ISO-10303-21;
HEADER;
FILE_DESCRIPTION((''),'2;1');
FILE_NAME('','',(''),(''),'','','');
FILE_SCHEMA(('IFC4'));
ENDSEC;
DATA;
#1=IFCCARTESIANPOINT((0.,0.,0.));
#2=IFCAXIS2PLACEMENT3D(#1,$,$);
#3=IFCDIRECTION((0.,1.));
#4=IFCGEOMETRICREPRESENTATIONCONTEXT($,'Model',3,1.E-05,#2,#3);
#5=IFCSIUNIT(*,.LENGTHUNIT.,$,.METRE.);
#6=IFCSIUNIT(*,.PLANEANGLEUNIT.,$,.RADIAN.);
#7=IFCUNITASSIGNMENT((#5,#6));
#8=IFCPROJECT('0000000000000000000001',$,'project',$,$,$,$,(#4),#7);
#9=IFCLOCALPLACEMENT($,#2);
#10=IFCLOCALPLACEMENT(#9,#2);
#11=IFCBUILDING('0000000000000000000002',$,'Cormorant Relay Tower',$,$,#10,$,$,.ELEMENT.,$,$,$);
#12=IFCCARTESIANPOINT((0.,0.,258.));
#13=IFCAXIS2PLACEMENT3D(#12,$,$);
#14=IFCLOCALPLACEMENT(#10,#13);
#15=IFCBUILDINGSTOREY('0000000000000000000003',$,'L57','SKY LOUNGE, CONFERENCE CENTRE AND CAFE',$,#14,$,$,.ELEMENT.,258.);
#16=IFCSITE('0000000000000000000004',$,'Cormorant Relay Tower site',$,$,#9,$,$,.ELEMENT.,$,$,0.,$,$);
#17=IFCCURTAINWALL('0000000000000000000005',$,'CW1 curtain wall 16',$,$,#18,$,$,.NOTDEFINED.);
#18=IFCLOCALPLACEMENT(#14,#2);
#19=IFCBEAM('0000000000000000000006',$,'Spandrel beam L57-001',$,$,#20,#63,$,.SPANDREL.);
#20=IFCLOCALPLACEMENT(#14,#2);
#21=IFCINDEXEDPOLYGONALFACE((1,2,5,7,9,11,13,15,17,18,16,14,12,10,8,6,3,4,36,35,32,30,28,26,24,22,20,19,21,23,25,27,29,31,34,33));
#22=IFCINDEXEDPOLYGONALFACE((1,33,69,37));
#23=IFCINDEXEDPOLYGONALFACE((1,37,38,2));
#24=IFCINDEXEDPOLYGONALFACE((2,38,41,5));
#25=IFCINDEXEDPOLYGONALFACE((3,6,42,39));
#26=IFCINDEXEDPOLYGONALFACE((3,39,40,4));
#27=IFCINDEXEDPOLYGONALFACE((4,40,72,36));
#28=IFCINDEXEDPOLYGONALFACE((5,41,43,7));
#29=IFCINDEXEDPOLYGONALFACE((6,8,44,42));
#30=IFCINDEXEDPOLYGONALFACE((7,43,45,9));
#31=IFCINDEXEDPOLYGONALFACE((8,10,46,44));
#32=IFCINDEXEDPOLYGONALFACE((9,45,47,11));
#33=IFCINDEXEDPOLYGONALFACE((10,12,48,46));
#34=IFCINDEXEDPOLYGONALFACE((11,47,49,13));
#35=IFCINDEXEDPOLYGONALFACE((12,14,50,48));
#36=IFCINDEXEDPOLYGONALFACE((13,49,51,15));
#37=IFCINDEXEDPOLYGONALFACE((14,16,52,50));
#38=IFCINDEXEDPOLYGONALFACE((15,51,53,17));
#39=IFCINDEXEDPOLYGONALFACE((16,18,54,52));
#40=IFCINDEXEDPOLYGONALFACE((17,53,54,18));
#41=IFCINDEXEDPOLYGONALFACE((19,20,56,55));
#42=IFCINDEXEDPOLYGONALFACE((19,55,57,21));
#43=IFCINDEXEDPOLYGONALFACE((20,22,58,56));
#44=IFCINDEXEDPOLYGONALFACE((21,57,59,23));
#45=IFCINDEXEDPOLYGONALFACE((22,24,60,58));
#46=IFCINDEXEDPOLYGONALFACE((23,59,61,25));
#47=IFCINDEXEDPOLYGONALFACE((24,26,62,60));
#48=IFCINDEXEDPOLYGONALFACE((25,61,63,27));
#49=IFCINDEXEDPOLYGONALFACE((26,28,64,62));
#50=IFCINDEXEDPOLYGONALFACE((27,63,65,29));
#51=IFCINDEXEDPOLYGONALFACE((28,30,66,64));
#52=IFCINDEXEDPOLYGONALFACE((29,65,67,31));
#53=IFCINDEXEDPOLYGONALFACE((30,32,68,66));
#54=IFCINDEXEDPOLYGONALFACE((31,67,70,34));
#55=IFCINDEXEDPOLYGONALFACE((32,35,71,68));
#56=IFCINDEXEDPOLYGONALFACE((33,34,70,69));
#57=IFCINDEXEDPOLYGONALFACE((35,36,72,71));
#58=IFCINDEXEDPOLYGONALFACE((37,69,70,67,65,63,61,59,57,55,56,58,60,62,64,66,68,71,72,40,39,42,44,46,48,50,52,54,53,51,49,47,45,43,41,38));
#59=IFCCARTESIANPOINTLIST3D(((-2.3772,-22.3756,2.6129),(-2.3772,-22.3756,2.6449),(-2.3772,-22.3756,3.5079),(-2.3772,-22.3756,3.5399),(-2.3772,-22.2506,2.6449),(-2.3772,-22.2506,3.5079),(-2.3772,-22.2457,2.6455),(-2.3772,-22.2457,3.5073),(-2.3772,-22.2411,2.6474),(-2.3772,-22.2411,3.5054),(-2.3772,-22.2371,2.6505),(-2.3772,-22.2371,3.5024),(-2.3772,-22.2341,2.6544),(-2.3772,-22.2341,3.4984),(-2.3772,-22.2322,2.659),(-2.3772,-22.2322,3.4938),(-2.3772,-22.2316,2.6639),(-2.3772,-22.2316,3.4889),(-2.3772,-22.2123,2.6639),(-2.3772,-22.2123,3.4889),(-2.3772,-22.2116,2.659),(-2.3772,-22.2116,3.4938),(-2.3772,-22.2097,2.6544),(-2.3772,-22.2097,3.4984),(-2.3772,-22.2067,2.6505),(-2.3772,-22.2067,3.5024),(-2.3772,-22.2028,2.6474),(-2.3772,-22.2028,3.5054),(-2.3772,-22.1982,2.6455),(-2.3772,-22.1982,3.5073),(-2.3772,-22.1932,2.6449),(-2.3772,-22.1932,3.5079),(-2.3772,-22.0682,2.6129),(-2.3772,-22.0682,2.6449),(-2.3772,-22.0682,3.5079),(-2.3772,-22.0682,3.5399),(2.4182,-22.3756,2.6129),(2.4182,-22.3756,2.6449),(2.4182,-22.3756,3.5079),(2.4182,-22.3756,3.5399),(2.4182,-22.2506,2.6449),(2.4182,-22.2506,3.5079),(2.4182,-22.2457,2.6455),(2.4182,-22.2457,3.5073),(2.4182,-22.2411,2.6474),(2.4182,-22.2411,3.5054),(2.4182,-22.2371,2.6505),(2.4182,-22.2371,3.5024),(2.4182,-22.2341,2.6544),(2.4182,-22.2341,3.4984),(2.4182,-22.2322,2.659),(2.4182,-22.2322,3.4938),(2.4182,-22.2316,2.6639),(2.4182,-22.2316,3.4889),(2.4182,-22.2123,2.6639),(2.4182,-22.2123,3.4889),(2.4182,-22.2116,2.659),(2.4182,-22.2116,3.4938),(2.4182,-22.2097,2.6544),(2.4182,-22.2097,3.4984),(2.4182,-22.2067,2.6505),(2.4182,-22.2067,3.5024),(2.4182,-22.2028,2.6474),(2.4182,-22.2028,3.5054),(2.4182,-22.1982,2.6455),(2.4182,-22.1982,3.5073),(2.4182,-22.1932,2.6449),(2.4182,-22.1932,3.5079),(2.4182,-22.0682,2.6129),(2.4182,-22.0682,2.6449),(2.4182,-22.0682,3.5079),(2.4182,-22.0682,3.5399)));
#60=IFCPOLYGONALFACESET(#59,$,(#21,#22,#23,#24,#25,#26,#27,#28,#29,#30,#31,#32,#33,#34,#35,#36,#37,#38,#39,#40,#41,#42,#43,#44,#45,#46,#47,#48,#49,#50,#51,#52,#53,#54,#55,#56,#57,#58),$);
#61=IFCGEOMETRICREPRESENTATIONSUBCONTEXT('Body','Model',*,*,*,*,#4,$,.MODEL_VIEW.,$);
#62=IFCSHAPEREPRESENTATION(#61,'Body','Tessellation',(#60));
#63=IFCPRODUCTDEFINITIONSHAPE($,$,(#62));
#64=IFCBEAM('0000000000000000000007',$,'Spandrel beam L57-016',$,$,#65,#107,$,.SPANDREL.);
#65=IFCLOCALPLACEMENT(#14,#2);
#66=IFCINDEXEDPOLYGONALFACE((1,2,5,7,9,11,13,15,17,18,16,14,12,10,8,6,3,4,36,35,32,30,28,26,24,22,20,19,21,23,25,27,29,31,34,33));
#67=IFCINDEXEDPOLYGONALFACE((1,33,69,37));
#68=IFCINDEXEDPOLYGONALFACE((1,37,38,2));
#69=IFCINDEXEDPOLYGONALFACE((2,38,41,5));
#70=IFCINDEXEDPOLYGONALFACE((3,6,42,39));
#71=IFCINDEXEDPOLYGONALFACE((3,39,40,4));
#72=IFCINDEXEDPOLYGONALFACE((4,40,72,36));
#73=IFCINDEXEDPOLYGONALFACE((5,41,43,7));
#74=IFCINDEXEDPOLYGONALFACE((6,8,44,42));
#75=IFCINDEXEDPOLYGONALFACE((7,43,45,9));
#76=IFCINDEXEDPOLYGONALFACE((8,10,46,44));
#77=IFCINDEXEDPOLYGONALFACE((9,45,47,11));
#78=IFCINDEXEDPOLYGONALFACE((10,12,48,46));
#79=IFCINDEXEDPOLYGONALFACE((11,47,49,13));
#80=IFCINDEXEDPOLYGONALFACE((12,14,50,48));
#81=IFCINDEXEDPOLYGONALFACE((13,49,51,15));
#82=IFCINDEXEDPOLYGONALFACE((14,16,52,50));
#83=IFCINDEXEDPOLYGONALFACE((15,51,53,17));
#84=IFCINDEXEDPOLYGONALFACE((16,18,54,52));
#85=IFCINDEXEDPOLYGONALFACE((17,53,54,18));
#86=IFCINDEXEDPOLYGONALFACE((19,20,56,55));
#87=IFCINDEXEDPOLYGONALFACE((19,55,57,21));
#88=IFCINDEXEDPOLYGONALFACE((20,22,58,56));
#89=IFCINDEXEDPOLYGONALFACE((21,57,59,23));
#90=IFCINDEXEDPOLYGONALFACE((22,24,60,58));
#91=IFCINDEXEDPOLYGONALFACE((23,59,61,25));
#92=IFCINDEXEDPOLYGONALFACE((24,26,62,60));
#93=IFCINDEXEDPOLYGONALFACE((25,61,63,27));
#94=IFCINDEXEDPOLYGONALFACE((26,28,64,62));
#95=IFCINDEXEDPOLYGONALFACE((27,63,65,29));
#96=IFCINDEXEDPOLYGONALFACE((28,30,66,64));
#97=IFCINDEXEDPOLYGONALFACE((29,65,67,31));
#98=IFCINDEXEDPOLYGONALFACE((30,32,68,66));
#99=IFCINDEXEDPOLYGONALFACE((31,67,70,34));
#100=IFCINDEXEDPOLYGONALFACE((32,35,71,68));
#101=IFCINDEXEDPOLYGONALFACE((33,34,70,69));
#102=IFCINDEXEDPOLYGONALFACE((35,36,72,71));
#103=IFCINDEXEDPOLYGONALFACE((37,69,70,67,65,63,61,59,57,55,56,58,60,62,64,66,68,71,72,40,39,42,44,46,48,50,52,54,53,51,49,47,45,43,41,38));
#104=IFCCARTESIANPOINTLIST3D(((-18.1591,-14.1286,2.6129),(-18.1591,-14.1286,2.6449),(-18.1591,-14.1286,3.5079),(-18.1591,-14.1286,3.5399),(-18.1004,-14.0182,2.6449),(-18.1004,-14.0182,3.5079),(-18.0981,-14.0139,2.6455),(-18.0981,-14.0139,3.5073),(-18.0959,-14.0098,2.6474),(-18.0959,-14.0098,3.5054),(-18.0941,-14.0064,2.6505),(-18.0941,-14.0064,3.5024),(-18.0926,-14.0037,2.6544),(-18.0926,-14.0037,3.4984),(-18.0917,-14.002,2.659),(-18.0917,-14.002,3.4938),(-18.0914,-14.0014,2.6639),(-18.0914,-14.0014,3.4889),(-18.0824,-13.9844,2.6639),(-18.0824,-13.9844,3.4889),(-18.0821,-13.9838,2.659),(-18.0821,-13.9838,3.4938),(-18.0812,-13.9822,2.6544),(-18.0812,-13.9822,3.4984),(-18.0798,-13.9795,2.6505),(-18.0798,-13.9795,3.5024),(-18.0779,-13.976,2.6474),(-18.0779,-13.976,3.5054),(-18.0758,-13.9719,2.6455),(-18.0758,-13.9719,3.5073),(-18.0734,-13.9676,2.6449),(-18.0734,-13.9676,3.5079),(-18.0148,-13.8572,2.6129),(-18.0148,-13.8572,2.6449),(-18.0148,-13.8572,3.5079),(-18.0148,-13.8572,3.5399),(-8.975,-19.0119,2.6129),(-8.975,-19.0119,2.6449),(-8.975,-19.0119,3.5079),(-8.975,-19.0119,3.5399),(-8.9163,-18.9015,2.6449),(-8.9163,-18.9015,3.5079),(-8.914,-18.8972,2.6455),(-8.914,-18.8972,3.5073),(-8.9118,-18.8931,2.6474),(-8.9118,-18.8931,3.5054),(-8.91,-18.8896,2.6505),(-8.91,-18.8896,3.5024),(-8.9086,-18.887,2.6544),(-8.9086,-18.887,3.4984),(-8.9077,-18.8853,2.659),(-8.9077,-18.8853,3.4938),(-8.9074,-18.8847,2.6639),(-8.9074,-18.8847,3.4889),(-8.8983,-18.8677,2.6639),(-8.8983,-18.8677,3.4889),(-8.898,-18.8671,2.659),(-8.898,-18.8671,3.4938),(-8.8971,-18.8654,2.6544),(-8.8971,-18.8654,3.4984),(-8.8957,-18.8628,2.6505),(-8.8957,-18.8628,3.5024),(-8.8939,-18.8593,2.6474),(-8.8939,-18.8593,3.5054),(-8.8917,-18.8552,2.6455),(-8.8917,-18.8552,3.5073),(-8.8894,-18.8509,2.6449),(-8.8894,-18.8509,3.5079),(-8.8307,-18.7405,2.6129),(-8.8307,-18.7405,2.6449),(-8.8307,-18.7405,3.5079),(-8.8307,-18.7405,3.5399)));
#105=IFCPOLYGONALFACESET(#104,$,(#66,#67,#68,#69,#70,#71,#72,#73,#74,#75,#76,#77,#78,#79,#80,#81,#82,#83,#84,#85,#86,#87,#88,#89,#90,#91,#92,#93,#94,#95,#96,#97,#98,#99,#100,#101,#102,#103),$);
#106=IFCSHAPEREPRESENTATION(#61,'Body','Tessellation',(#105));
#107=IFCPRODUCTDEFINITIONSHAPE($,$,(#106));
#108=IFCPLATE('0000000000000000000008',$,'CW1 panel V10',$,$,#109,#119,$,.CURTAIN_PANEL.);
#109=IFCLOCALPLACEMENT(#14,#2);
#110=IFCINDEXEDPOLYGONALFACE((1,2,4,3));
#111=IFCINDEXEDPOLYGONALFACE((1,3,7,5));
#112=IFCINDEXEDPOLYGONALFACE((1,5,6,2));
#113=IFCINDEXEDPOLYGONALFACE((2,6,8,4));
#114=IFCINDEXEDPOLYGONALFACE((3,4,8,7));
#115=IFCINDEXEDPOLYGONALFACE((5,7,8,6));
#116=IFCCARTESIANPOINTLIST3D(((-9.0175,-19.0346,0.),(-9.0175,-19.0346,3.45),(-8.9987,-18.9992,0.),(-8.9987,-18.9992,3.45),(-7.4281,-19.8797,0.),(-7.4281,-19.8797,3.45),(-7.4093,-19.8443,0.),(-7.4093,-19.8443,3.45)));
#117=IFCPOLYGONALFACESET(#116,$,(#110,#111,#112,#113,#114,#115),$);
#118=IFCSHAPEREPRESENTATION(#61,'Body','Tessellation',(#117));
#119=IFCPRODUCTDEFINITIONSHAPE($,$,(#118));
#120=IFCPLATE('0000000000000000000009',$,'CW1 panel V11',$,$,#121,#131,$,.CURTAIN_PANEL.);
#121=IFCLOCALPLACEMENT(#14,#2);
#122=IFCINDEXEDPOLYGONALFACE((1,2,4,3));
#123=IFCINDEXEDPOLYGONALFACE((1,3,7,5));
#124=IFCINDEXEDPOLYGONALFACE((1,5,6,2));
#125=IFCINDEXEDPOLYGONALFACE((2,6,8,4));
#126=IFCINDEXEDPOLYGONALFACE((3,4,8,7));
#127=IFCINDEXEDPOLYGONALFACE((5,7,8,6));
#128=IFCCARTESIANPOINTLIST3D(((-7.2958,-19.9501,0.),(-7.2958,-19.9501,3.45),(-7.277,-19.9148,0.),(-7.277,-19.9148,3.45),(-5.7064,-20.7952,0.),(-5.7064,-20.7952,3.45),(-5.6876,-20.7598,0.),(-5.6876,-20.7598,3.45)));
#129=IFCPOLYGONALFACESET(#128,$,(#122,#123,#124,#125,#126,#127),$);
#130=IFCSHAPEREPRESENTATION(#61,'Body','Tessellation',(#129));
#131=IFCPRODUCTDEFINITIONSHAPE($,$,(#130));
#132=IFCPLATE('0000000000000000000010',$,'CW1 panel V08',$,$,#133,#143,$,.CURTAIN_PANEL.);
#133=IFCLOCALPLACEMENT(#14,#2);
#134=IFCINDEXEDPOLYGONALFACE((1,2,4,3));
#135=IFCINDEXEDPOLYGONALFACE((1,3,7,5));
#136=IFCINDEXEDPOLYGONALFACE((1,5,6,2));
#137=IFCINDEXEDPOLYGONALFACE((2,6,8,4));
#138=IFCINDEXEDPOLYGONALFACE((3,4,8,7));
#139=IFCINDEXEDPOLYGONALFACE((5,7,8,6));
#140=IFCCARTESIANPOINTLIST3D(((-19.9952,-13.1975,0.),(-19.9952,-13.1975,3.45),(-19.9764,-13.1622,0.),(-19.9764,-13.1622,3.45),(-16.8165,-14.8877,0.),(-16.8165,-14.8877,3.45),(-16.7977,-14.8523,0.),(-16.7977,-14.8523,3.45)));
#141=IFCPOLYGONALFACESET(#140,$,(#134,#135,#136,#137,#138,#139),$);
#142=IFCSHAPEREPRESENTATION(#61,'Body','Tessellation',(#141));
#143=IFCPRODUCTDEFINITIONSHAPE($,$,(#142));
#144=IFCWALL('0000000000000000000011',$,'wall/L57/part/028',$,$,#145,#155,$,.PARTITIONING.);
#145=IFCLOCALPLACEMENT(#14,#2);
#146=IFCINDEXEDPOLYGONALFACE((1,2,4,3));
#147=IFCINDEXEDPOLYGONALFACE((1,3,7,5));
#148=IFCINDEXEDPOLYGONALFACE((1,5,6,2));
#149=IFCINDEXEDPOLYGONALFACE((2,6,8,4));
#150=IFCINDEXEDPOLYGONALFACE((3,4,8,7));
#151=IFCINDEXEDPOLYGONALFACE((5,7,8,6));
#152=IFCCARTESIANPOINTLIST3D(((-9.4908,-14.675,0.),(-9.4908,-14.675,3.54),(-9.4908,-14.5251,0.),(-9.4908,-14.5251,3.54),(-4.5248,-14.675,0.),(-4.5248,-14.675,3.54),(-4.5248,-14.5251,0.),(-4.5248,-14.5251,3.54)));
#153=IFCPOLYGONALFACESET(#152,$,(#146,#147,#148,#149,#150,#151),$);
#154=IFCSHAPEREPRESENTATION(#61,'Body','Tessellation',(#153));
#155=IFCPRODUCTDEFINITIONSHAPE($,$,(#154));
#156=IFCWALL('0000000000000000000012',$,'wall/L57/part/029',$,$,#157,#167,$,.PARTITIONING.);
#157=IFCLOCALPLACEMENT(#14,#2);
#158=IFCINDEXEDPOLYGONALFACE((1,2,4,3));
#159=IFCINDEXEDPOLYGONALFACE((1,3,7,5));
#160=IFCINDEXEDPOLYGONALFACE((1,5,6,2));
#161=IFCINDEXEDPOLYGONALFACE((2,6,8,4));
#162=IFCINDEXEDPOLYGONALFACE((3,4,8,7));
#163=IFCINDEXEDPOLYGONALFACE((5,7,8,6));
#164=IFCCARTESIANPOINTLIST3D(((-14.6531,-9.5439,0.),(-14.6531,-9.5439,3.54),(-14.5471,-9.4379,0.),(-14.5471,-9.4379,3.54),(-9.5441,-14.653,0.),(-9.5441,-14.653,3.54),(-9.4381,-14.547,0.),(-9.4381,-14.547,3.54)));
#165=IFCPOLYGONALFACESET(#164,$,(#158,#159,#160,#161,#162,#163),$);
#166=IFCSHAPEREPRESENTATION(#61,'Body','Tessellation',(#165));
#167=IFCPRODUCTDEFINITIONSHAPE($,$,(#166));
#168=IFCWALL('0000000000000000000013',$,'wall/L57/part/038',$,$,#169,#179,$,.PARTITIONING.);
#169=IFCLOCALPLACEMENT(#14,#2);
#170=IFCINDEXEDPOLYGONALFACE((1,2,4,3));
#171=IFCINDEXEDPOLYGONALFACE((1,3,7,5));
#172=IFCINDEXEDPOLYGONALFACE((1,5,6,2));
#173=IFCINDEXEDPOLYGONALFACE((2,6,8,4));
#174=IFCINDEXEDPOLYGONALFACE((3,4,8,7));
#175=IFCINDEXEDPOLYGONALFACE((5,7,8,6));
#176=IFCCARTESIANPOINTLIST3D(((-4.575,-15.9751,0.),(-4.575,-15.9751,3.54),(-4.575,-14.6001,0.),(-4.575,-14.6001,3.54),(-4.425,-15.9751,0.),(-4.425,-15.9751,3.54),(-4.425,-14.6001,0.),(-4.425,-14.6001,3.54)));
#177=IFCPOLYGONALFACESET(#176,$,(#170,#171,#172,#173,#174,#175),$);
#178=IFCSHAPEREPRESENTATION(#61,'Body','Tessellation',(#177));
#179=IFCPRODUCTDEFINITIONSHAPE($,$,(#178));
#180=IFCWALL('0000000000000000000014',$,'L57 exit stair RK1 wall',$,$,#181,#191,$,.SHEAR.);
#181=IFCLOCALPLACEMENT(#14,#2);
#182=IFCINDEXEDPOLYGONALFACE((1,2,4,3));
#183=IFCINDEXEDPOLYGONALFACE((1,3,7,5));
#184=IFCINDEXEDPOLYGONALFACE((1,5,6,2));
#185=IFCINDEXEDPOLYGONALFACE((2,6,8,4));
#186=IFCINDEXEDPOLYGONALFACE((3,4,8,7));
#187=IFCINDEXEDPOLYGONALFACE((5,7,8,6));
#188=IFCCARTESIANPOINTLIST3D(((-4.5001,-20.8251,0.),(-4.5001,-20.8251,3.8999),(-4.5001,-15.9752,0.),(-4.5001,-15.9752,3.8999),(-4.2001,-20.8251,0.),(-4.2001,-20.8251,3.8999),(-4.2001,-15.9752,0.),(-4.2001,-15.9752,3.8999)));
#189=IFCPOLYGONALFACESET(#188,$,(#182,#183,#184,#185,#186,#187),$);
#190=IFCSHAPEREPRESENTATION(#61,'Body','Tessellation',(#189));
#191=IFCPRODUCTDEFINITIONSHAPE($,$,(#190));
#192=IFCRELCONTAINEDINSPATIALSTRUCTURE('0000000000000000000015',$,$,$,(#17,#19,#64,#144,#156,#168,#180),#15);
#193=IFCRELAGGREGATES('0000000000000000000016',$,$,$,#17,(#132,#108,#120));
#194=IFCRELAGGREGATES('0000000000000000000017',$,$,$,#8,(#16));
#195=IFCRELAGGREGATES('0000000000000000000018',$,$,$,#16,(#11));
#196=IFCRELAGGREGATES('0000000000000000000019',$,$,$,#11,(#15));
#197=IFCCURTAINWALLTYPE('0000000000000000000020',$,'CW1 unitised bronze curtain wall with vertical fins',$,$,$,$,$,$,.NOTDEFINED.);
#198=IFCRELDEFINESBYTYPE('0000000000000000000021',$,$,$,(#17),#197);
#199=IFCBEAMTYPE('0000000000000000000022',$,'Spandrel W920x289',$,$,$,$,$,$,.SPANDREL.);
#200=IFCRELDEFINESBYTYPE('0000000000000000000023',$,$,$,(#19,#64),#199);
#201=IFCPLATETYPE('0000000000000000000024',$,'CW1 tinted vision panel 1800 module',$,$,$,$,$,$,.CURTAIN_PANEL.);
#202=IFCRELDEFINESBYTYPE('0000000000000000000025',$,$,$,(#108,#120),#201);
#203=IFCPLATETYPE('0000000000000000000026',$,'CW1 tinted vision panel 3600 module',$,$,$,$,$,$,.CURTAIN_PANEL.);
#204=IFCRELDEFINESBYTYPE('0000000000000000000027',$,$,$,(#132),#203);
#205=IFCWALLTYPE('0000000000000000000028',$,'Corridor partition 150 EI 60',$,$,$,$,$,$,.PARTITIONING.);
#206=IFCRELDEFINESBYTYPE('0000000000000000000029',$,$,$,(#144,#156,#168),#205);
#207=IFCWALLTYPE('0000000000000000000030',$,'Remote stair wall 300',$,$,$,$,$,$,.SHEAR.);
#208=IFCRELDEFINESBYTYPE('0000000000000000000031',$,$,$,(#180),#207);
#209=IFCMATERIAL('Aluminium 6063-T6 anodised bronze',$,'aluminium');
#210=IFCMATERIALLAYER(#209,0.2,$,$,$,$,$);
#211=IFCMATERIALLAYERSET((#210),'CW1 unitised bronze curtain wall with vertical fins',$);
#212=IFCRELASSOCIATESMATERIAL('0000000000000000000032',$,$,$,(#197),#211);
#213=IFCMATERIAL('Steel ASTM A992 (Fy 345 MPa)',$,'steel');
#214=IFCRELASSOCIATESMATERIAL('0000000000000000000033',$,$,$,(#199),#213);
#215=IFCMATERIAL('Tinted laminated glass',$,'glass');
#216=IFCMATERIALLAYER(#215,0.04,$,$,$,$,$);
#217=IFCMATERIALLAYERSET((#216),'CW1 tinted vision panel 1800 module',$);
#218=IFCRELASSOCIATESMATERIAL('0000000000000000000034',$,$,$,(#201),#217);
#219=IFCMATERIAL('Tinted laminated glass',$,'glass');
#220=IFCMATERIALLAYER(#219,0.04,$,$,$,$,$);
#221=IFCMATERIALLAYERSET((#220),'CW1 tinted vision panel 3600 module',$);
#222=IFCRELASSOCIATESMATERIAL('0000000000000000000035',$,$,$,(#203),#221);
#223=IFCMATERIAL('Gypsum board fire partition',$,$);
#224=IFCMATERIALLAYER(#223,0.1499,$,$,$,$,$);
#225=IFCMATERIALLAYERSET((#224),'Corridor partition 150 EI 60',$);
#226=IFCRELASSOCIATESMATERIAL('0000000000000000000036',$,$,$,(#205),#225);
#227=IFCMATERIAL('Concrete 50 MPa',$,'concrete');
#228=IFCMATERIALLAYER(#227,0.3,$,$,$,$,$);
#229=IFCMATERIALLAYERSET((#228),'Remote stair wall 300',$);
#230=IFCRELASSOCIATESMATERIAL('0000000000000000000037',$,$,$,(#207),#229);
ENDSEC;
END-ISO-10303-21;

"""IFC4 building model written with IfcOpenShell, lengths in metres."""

from ifc_helpers import new_model, si_unit, direction, frame, frame_2d, origin, origin_2d, place, context, subcontext, project, spatial, rectangle, i_section, extrude, material, layer, layer_set, material_profile, profile_set, type_object, element, aggregate, save


model = new_model("IFC4")

# Units and contexts
model_context = context("Model", 3, precision=1e-05, world=origin(), true_north=direction((0.0, 1.0)))
body_context = subcontext(model_context, "Body", "Model", "MODEL_VIEW")
ifc_project = project(units=[si_unit("LENGTHUNIT", "METRE"), si_unit("PLANEANGLEUNIT", "RADIAN")], contexts=[model_context])

# Site, building, storey
site_placement = place(None, origin())
site = spatial("IfcSite", under=ifc_project, at=site_placement, Name="Cormorant Relay Tower site", CompositionType="ELEMENT", RefElevation=0.0)
building_placement = place(site_placement, origin())
building = spatial("IfcBuilding", under=site, at=building_placement, Name="Cormorant Relay Tower", CompositionType="ELEMENT")
storey_placement = place(building_placement, frame((0.0, 0.0, 258.0)))
storey = spatial("IfcBuildingStorey", under=building, at=storey_placement, Name="L57", Description="SKY LOUNGE, CONFERENCE CENTRE AND CAFE", CompositionType="ELEMENT", Elevation=258.0)

# Shared definitions
ifc_material_1 = material(Name="Aluminium 6063-T6 anodised bronze", Category="aluminium")
ifc_layer_1 = layer(ifc_material_1, 0.2)
ifc_layer_set_1 = layer_set([ifc_layer_1], Name="CW1 unitised bronze curtain wall with vertical fins")
curtain_wall_type = type_object("IfcCurtainWallType", Name="CW1 unitised bronze curtain wall with vertical fins", PredefinedType="NOTDEFINED", material=ifc_layer_set_1)

# Curtain wall
curtain_wall_1_placement = place(storey_placement, origin())
curtain_wall_1 = element("IfcCurtainWall", 1, at=curtain_wall_1_placement, inside=storey, type_object=curtain_wall_type, Name="CW1 curtain wall 16", PredefinedType="NOTDEFINED")

# Beams
ifc_material_2 = material(Name="Steel ASTM A992 (Fy 345 MPa)", Category="steel")
ifc_material_profile_1 = material_profile(ifc_material_2, i_section(OverallWidth=0.3074, OverallDepth=0.927, WebThickness=0.0193, FlangeThickness=0.032, FilletRadius=0.019, at=origin_2d()), Name="W920x289")
ifc_profile_set_1 = profile_set([ifc_material_profile_1], Name="Steel ASTM A992 (Fy 345 MPa)")
beam_type = type_object("IfcBeamType", Name="Spandrel W920x289", PredefinedType="SPANDREL", material=ifc_profile_set_1)
beam_1_placement = place(storey_placement, frame((-2.3772, -22.2219, 3.0764), z_axis=(1.0, 0.0, 0.0), x_axis=(0.0, 1.0, 0.0)))
element("IfcBeam", 2, at=beam_1_placement, inside=storey, type_object=beam_type, Name="Spandrel beam L57-001", PredefinedType="SPANDREL", context=body_context, shape_type="SweptSolid", body=[
    extrude(i_section(OverallWidth=0.3074, OverallDepth=0.927, WebThickness=0.0193, FlangeThickness=0.032, FilletRadius=0.019, at=origin_2d()), origin(), (0.0, 0.0, 1.0), 4.7954),
])
beam_2_placement = place(storey_placement, frame((-18.0869, -13.9929, 3.0764), z_axis=(0.882946, -0.469474, 0.0), x_axis=(0.469474, 0.882946, 0.0)))
element("IfcBeam", 3, at=beam_2_placement, inside=storey, type_object=beam_type, Name="Spandrel beam L57-016", PredefinedType="SPANDREL", context=body_context, shape_type="SweptSolid", body=[
    extrude(i_section(OverallWidth=0.3074, OverallDepth=0.927, WebThickness=0.0193, FlangeThickness=0.032, FilletRadius=0.019, at=origin_2d()), origin(), (0.0, 0.0, 1.0), 10.4016),
])

# Plates
ifc_material_3 = material(Name="Tinted laminated glass", Category="glass")
ifc_layer_2 = layer(ifc_material_3, 0.04)
ifc_layer_set_2 = layer_set([ifc_layer_2], Name="CW1 tinted vision panel 1800 module")
plate_type_1 = type_object("IfcPlateType", Name="CW1 tinted vision panel 1800 module", PredefinedType="CURTAIN_PANEL", material=ifc_layer_set_2)
plate_1_placement = place(storey_placement, frame((-8.2134, -19.4395, 0.0), z_axis=(0.0, 0.0, 1.0), x_axis=(0.882948, -0.469472, 0.0)))
plate_1 = element("IfcPlate", 4, at=plate_1_placement, type_object=plate_type_1, Name="CW1 panel V10", PredefinedType="CURTAIN_PANEL", context=body_context, shape_type="SweptSolid", body=[
    extrude(rectangle(XDim=1.8, YDim=0.04, at=origin_2d()), origin(), (0.0, 0.0, 1.0), 3.45),
])
plate_2_placement = place(storey_placement, frame((-6.4917, -20.355, 0.0), z_axis=(0.0, 0.0, 1.0), x_axis=(0.882948, -0.469472, 0.0)))
plate_2 = element("IfcPlate", 5, at=plate_2_placement, type_object=plate_type_1, Name="CW1 panel V11", PredefinedType="CURTAIN_PANEL", context=body_context, shape_type="SweptSolid", body=[
    extrude(rectangle(XDim=1.8, YDim=0.04, at=origin_2d()), origin(), (0.0, 0.0, 1.0), 3.45),
])
ifc_material_4 = material(Name="Tinted laminated glass", Category="glass")
ifc_layer_3 = layer(ifc_material_4, 0.04)
ifc_layer_set_3 = layer_set([ifc_layer_3], Name="CW1 tinted vision panel 3600 module")
plate_type_2 = type_object("IfcPlateType", Name="CW1 tinted vision panel 3600 module", PredefinedType="CURTAIN_PANEL", material=ifc_layer_set_3)
plate_3_placement = place(storey_placement, frame((-18.3965, -14.0249, 0.0), z_axis=(0.0, 0.0, 1.0), x_axis=(0.882948, -0.469472, 0.0)))
plate_3 = element("IfcPlate", 6, at=plate_3_placement, type_object=plate_type_2, Name="CW1 panel V08", PredefinedType="CURTAIN_PANEL", context=body_context, shape_type="SweptSolid", body=[
    extrude(rectangle(XDim=3.6001, YDim=0.04, at=origin_2d()), origin(), (0.0, 0.0, 1.0), 3.45),
])

# Walls
ifc_material_5 = material(Name="Gypsum board fire partition")
ifc_layer_4 = layer(ifc_material_5, 0.1499)
ifc_layer_set_4 = layer_set([ifc_layer_4], Name="Corridor partition 150 EI 60")
wall_type_1 = type_object("IfcWallType", Name="Corridor partition 150 EI 60", PredefinedType="PARTITIONING", material=ifc_layer_set_4)
wall_1_placement = place(storey_placement, frame((-4.5249, -14.6001, 0.0), z_axis=(0.0, 0.0, 1.0), x_axis=(-1.0, 0.0, 0.0)))
element("IfcWall", 7, at=wall_1_placement, inside=storey, type_object=wall_type_1, Name="wall/L57/part/028", PredefinedType="PARTITIONING", context=body_context, shape_type="SweptSolid", body=[
    extrude(rectangle(XDim=4.9661, YDim=0.1499, at=frame_2d((2.4829, 0.0))), origin(), (0.0, 0.0, 1.0), 3.54),
])
wall_2_placement = place(storey_placement, frame((-9.491, -14.6001, 0.0), z_axis=(0.0, 0.0, 1.0), x_axis=(-0.707107, 0.707107, 0.0)))
element("IfcWall", 8, at=wall_2_placement, inside=storey, type_object=wall_type_1, Name="wall/L57/part/029", PredefinedType="PARTITIONING", context=body_context, shape_type="SweptSolid", body=[
    extrude(rectangle(XDim=7.2253, YDim=0.1499, at=frame_2d((3.6128, 0.0))), origin(), (0.0, 0.0, 1.0), 3.54),
])
wall_3_placement = place(storey_placement, frame((-4.5, -15.9751, 0.0), z_axis=(0.0, 0.0, 1.0), x_axis=(0.0, 1.0, 0.0)))
element("IfcWall", 9, at=wall_3_placement, inside=storey, type_object=wall_type_1, Name="wall/L57/part/038", PredefinedType="PARTITIONING", context=body_context, shape_type="SweptSolid", body=[
    extrude(rectangle(XDim=1.375, YDim=0.1499, at=frame_2d((0.6875, 0.0))), origin(), (0.0, 0.0, 1.0), 3.54),
])
ifc_material_6 = material(Name="Concrete 50 MPa", Category="concrete")
ifc_layer_5 = layer(ifc_material_6, 0.3)
ifc_layer_set_5 = layer_set([ifc_layer_5], Name="Remote stair wall 300")
wall_type_2 = type_object("IfcWallType", Name="Remote stair wall 300", PredefinedType="SHEAR", material=ifc_layer_set_5)
wall_4_placement = place(storey_placement, frame((-4.3501, -20.825, 0.0), z_axis=(0.0, 0.0, 1.0), x_axis=(0.0, 1.0, 0.0)))
element("IfcWall", 10, at=wall_4_placement, inside=storey, type_object=wall_type_2, Name="L57 exit stair RK1 wall", PredefinedType="SHEAR", context=body_context, shape_type="SweptSolid", body=[
    extrude(rectangle(XDim=4.8499, YDim=0.3, at=frame_2d((2.4248, 0.0))), origin(), (0.0, 0.0, 1.0), 3.8999),
])

aggregate(curtain_wall_1, [plate_3, plate_1, plate_2])

save(model, "model.ifc")
